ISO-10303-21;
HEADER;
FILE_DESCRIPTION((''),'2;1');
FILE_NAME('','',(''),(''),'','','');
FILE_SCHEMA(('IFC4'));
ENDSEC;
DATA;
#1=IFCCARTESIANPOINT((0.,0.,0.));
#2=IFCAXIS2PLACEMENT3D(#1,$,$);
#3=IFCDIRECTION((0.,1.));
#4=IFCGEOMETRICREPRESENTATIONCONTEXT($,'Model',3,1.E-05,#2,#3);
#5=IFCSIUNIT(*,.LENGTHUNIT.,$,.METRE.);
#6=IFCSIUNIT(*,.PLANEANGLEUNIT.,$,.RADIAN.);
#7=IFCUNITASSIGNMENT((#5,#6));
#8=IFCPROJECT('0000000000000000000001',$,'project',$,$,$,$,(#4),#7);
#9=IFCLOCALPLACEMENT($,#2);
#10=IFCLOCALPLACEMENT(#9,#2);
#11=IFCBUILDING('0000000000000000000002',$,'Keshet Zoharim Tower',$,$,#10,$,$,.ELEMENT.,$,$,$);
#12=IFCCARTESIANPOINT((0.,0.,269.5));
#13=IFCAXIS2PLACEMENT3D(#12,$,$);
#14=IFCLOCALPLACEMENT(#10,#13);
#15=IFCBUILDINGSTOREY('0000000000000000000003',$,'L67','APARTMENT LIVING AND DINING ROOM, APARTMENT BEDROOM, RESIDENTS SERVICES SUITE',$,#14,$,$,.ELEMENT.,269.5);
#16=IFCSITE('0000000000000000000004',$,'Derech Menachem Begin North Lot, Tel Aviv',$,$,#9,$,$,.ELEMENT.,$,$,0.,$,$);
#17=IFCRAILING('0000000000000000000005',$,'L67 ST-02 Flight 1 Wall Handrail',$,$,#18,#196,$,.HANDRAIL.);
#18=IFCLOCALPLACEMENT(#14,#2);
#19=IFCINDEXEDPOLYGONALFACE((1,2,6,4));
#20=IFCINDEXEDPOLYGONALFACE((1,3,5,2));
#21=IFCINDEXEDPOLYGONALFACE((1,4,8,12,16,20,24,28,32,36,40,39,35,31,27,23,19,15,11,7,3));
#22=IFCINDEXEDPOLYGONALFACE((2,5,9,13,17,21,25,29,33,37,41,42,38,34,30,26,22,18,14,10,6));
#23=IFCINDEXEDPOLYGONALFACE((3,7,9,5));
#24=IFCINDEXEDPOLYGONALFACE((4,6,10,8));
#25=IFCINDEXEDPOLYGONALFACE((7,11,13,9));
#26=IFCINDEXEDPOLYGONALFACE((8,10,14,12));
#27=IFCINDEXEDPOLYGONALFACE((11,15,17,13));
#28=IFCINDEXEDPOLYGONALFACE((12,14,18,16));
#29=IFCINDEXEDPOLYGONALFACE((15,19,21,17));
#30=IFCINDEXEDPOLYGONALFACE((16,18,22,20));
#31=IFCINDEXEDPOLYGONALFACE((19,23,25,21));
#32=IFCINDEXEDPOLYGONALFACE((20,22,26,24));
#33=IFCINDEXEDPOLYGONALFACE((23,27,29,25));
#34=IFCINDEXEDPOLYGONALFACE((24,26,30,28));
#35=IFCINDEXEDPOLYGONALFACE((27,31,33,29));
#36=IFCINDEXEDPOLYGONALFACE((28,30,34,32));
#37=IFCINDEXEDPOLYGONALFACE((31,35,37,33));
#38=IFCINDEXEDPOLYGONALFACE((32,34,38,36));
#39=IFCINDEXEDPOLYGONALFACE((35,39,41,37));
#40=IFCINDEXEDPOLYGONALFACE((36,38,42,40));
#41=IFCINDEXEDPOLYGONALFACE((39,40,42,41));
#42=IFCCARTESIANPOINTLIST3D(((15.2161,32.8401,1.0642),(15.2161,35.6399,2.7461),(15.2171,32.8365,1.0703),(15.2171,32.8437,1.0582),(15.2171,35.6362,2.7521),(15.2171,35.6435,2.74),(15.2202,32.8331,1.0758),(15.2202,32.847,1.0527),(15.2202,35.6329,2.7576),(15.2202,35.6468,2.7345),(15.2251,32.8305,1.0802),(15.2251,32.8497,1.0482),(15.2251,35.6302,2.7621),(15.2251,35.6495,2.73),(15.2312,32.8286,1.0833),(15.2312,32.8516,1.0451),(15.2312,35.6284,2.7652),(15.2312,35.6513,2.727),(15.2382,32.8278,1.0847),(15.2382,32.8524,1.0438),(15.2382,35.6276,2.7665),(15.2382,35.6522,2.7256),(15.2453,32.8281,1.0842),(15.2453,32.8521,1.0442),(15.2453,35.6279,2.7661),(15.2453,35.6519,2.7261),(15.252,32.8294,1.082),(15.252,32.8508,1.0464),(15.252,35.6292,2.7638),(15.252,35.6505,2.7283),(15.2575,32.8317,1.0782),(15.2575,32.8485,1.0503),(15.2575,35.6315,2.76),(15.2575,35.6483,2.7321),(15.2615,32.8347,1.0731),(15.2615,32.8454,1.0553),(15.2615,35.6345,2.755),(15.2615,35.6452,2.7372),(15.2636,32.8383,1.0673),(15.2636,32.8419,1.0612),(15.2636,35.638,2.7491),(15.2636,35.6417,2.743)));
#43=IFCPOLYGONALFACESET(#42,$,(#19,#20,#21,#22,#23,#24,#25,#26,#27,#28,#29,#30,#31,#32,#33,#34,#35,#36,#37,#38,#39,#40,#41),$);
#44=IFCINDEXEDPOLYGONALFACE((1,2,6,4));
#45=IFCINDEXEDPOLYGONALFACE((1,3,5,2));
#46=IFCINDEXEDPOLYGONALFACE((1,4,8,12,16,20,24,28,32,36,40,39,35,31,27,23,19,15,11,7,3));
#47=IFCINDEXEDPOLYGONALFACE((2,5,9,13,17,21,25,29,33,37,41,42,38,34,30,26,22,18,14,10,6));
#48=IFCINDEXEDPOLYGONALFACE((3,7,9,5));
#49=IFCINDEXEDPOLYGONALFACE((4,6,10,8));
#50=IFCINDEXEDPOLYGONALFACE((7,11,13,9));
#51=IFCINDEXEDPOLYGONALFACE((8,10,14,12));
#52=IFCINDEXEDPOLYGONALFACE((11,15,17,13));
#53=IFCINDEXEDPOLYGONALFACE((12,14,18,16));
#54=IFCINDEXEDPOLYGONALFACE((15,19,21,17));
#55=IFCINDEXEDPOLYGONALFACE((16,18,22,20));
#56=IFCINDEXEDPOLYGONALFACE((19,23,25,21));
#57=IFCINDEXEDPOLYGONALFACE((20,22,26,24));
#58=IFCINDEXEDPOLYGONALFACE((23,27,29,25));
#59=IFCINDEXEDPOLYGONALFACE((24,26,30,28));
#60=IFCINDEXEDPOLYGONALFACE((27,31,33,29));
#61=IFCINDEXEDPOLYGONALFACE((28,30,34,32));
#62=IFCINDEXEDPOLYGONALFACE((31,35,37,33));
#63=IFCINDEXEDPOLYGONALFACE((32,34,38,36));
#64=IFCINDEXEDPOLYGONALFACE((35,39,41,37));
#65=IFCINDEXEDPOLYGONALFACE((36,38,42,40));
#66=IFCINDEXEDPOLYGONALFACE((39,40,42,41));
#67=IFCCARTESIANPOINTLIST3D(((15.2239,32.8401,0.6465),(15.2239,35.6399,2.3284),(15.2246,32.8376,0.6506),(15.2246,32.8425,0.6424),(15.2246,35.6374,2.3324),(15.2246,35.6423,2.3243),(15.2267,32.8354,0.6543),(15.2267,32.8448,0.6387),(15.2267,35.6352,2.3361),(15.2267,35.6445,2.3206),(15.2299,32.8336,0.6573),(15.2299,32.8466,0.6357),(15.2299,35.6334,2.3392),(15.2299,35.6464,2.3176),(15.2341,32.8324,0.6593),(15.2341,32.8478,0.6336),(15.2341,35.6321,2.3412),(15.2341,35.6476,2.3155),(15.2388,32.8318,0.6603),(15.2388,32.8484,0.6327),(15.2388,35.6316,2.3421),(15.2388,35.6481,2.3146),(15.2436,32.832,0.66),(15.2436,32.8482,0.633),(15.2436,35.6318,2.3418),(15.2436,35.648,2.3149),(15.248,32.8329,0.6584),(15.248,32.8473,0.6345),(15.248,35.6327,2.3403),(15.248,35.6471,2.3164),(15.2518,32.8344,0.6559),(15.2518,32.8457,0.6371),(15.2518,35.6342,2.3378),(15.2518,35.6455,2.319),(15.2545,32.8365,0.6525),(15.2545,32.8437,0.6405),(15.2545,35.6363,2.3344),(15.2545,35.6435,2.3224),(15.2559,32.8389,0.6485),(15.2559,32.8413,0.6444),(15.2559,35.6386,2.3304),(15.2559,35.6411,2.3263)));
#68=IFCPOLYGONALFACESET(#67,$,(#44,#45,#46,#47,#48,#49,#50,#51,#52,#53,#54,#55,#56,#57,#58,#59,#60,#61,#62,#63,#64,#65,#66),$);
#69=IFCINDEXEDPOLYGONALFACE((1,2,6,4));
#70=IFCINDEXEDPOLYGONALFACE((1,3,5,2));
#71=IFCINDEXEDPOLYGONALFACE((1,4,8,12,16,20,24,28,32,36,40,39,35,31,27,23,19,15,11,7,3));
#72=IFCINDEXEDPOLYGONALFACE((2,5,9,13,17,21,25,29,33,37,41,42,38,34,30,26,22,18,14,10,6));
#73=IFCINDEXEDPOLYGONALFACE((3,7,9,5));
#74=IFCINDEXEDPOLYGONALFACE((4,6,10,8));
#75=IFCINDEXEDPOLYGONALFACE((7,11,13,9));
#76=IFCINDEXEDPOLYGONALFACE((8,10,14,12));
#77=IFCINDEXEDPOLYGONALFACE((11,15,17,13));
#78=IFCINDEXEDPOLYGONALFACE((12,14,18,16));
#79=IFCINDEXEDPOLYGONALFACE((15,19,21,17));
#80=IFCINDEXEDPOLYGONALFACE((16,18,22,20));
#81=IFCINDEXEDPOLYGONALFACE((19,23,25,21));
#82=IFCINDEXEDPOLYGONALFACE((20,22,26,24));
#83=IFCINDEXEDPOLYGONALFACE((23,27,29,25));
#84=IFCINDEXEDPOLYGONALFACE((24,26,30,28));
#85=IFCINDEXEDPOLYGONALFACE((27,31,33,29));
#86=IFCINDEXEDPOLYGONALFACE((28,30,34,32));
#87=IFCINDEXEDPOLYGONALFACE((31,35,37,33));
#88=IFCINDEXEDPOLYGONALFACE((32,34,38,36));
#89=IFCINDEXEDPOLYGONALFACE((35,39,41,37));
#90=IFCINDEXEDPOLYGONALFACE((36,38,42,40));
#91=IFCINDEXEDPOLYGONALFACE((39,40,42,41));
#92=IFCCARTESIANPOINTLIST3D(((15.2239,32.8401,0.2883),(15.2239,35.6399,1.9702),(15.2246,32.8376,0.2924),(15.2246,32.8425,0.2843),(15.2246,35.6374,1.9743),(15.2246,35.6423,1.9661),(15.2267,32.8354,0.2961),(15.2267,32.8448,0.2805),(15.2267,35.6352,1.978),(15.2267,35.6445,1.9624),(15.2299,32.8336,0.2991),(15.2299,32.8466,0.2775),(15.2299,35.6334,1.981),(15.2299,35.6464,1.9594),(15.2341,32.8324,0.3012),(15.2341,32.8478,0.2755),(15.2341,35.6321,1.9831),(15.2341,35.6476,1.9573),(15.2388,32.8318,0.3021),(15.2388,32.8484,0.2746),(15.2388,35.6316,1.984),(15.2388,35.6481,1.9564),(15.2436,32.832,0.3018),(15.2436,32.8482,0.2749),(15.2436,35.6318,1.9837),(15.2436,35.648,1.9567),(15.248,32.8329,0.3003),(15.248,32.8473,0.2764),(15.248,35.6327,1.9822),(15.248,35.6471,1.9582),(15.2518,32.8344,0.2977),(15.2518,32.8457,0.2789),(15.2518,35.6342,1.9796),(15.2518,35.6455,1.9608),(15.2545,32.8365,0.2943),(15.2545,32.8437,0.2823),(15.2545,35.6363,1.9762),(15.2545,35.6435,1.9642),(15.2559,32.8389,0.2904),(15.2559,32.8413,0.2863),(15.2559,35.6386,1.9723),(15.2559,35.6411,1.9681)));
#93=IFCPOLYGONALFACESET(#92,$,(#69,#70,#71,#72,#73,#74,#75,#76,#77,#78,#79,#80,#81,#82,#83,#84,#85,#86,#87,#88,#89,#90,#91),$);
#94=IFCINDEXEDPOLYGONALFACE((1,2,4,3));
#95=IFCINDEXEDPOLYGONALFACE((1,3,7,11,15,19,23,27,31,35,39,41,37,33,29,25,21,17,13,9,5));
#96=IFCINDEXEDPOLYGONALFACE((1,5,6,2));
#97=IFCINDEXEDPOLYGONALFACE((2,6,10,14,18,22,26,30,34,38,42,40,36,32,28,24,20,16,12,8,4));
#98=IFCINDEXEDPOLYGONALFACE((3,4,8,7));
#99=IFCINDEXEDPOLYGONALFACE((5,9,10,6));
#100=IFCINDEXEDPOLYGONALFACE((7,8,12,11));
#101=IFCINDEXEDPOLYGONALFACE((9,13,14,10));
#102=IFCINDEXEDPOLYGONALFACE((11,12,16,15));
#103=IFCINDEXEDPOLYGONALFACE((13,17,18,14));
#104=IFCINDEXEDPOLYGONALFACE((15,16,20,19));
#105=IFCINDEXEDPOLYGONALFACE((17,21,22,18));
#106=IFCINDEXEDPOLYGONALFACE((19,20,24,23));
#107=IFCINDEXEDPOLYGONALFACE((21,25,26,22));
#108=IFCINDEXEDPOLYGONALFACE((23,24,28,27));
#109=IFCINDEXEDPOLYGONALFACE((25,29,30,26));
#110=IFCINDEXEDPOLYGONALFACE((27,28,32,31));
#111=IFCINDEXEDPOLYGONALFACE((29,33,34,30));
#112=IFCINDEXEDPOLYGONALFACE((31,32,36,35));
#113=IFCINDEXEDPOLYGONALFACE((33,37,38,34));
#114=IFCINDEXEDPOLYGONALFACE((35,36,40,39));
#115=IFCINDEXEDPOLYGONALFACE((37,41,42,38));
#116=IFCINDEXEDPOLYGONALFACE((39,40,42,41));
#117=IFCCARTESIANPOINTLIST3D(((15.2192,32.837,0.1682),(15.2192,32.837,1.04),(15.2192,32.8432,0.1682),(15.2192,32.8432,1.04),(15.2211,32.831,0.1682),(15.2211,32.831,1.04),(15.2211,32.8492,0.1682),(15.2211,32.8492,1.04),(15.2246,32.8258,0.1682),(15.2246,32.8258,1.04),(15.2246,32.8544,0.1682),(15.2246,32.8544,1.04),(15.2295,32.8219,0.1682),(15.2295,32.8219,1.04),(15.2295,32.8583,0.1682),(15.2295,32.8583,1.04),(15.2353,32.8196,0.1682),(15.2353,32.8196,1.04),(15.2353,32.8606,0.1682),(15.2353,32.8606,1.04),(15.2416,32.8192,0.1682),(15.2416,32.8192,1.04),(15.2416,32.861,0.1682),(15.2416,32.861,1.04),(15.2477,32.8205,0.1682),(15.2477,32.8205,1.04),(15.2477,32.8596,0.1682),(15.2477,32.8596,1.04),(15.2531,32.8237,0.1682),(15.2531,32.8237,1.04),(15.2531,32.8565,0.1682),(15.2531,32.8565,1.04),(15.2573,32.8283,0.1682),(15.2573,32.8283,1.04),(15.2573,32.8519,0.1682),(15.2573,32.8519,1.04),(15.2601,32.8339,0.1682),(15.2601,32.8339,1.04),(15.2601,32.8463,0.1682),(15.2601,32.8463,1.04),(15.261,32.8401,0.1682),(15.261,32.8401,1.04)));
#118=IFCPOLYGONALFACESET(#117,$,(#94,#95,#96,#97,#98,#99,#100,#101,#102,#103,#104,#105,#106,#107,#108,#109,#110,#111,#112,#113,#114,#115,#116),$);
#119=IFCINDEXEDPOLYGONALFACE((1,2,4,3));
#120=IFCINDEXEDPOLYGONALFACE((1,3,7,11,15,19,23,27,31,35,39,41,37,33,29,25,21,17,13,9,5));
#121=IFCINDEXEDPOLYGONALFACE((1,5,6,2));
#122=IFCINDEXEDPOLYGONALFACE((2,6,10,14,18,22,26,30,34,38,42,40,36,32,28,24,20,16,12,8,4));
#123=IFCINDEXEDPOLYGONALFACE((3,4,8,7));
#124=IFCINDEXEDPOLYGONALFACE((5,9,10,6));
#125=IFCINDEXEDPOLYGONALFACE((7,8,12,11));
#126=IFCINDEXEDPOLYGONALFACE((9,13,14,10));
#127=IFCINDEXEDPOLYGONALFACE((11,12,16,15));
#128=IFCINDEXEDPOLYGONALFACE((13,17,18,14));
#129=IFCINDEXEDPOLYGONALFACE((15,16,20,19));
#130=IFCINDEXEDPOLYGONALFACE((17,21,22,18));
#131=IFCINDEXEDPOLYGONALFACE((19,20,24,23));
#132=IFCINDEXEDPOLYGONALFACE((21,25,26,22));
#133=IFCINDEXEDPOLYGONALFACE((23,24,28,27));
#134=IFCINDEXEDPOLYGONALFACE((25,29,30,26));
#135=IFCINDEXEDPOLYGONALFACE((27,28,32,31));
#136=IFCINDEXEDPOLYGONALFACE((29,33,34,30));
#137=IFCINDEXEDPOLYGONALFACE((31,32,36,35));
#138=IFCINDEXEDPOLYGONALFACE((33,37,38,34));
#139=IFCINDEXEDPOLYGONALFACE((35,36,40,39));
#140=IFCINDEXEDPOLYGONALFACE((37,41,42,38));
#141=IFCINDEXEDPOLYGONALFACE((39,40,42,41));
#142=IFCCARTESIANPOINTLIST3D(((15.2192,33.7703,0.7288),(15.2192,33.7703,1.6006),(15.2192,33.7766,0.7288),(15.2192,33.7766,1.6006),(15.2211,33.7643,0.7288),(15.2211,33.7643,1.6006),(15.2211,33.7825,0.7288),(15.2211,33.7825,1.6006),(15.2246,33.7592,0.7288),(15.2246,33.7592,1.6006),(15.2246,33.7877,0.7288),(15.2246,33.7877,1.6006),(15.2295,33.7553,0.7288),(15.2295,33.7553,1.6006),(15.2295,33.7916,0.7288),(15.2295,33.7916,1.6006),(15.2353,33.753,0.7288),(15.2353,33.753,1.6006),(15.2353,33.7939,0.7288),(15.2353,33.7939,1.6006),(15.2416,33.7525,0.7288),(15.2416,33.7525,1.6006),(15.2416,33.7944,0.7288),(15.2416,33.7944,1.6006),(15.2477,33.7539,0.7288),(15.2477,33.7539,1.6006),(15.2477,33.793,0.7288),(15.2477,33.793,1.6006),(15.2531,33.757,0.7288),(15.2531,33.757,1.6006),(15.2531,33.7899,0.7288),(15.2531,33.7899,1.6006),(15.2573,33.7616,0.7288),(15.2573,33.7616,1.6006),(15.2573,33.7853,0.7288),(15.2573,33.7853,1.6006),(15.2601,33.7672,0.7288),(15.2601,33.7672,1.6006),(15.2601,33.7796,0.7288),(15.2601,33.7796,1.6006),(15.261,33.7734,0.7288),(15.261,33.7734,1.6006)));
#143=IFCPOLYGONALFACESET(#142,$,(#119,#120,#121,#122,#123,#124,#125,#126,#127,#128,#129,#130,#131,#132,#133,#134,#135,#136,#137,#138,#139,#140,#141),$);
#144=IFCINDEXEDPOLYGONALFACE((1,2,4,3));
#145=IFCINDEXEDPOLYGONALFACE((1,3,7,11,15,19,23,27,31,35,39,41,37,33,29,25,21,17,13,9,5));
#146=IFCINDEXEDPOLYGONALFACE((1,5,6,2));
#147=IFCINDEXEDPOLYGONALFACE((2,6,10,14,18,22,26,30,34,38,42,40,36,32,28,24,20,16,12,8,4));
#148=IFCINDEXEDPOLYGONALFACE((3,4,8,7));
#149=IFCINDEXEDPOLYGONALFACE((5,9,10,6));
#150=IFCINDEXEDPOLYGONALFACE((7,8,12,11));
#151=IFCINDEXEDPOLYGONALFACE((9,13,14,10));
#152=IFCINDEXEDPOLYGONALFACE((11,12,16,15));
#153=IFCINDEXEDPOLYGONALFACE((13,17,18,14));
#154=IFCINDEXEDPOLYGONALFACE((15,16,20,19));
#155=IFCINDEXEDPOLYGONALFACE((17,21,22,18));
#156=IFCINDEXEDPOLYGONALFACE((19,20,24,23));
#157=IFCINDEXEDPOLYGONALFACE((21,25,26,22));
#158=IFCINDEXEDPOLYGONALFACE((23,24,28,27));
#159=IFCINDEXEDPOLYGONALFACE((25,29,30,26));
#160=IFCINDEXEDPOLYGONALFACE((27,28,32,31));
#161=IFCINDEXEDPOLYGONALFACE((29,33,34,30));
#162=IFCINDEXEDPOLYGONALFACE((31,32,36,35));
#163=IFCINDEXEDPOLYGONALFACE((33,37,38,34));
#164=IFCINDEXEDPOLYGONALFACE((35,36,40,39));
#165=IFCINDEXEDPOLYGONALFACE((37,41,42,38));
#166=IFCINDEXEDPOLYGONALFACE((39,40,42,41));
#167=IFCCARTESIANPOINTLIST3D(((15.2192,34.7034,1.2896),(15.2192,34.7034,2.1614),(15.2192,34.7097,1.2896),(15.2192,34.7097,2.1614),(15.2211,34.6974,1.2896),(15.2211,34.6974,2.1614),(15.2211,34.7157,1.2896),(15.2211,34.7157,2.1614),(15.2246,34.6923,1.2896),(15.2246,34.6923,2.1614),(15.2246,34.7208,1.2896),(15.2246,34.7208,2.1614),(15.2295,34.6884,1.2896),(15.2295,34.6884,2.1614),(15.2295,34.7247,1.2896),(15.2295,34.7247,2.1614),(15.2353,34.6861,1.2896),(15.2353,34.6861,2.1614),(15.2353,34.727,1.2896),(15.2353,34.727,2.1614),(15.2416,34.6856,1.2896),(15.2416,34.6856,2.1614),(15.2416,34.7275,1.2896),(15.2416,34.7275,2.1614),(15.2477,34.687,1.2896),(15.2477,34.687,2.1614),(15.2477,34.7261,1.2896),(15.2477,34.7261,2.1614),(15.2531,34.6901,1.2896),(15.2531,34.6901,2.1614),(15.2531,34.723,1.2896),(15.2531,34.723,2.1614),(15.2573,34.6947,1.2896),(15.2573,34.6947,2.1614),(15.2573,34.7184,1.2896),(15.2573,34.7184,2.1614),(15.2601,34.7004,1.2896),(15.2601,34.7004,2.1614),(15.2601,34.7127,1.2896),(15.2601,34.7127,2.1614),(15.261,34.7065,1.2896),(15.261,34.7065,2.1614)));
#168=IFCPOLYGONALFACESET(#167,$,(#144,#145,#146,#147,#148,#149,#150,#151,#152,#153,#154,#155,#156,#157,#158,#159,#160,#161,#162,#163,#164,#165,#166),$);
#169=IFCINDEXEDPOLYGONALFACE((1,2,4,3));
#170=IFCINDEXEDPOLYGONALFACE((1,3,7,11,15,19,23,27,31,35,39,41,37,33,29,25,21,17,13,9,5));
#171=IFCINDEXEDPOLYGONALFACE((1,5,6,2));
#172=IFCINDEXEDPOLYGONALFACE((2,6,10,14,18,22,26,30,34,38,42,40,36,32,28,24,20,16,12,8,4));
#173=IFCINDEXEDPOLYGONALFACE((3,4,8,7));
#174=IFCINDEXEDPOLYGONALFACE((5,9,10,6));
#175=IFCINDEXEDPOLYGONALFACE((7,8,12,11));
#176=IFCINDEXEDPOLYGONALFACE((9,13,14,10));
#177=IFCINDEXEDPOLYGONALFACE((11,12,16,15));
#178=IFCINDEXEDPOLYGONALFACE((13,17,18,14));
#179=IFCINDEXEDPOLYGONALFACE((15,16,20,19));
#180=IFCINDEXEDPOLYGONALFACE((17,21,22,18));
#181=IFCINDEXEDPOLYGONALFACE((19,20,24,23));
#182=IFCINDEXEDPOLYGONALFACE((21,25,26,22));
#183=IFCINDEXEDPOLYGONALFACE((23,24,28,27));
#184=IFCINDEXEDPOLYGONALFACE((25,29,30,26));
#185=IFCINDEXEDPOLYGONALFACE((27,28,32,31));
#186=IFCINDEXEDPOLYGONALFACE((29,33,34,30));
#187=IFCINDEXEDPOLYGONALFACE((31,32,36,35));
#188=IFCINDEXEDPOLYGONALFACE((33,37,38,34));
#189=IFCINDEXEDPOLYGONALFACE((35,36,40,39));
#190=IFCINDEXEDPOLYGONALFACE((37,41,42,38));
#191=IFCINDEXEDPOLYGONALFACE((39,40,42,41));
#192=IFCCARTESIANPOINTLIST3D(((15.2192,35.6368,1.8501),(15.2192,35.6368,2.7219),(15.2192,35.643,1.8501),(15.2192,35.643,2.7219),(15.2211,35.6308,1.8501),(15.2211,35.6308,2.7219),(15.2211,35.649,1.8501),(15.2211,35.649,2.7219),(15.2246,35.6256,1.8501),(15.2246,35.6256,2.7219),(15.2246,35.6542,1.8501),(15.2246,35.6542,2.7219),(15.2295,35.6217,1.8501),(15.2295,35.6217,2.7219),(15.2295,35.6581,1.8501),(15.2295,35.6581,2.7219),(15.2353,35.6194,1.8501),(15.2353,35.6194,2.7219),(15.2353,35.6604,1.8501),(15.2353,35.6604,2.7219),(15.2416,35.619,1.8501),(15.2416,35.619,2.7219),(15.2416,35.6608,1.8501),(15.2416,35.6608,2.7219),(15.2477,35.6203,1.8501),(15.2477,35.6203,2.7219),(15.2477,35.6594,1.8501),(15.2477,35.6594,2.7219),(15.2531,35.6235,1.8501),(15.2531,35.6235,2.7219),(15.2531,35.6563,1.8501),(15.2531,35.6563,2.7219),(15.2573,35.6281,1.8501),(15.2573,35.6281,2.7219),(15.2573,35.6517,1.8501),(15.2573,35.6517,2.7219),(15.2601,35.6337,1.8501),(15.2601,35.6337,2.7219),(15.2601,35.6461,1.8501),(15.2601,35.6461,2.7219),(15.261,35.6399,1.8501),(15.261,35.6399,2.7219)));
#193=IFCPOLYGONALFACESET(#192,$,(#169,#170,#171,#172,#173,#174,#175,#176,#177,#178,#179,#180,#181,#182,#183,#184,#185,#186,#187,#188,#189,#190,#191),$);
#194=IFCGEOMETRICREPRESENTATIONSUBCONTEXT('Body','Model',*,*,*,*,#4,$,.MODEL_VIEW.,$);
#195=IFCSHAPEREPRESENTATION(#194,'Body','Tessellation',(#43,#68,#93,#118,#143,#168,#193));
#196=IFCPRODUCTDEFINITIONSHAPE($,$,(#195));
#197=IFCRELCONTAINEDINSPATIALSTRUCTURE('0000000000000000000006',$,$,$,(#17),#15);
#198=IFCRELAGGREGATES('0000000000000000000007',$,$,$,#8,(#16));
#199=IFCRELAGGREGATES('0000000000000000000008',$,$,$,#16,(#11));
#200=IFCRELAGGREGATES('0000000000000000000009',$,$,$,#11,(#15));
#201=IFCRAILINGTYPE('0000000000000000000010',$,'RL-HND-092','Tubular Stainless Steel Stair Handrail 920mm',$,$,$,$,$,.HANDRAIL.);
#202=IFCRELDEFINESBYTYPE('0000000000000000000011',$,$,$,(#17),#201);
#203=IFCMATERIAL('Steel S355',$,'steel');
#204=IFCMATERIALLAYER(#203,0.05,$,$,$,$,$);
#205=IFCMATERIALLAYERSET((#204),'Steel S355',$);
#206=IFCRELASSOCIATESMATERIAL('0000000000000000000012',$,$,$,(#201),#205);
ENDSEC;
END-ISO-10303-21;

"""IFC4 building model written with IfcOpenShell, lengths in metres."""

from ifc_helpers import new_model, si_unit, direction, frame, origin, origin_2d, place, context, subcontext, project, spatial, circle, extrude, material, layer, layer_set, type_object, element, save


model = new_model("IFC4")

# Units and contexts
model_context = context("Model", 3, precision=1e-05, world=origin(), true_north=direction((0.0, 1.0)))
body_context = subcontext(model_context, "Body", "Model", "MODEL_VIEW")
ifc_project = project(units=[si_unit("LENGTHUNIT", "METRE"), si_unit("PLANEANGLEUNIT", "RADIAN")], contexts=[model_context])

# Site, building, storey
site_placement = place(None, origin())
site = spatial("IfcSite", under=ifc_project, at=site_placement, Name="Derech Menachem Begin North Lot, Tel Aviv", CompositionType="ELEMENT", RefElevation=0.0)
building_placement = place(site_placement, origin())
building = spatial("IfcBuilding", under=site, at=building_placement, Name="Keshet Zoharim Tower", CompositionType="ELEMENT")
storey_placement = place(building_placement, frame((0.0, 0.0, 269.5)))
storey = spatial("IfcBuildingStorey", under=building, at=storey_placement, Name="L67", Description="APARTMENT LIVING AND DINING ROOM, APARTMENT BEDROOM, RESIDENTS SERVICES SUITE", CompositionType="ELEMENT", Elevation=269.5)

# Shared definitions
ifc_material_1 = material(Name="Steel S355", Category="steel")

# Railing
ifc_layer_1 = layer(ifc_material_1, 0.05)
ifc_layer_set_1 = layer_set([ifc_layer_1], Name="Steel S355")
railing_type_1 = type_object("IfcRailingType", Name="RL-HND-092", Description="Tubular Stainless Steel Stair Handrail 920mm", PredefinedType="HANDRAIL", material=ifc_layer_set_1)
railing_1_placement = place(storey_placement, frame((15.24, 32.8401, 0.1682)))
element("IfcRailing", 1, at=railing_1_placement, inside=storey, type_object=railing_type_1, Name="L67 ST-02 Flight 1 Wall Handrail", PredefinedType="HANDRAIL", context=body_context, shape_type="SweptSolid", body=[
    extrude(circle(Radius=0.0239, at=origin_2d()), frame((0.0, 0.0, 0.896), z_axis=(0.0, 0.857222, 0.514946), x_axis=(-1.0, 0.0, 0.0)), (0.0, 0.0, 1.0), 3.2661),
    extrude(circle(Radius=0.0161, at=origin_2d()), frame((0.0, 0.0, 0.4783), z_axis=(0.0, 0.857222, 0.514946), x_axis=(-1.0, 0.0, 0.0)), (0.0, 0.0, 1.0), 3.2661),
    extrude(circle(Radius=0.0161, at=origin_2d()), frame((0.0, 0.0, 0.1201), z_axis=(0.0, 0.857222, 0.514946), x_axis=(-1.0, 0.0, 0.0)), (0.0, 0.0, 1.0), 3.2661),
    extrude(circle(Radius=0.021, at=origin_2d()), origin(), (0.0, 0.0, 1.0), 0.8718),
    extrude(circle(Radius=0.021, at=origin_2d()), frame((0.0, 0.9333, 0.5605)), (0.0, 0.0, 1.0), 0.8718),
    extrude(circle(Radius=0.021, at=origin_2d()), frame((0.0, 1.8665, 1.1213)), (0.0, 0.0, 1.0), 0.8718),
    extrude(circle(Radius=0.021, at=origin_2d()), frame((0.0, 2.7998, 1.6819)), (0.0, 0.0, 1.0), 0.8718),
])

save(model, "model.ifc")
